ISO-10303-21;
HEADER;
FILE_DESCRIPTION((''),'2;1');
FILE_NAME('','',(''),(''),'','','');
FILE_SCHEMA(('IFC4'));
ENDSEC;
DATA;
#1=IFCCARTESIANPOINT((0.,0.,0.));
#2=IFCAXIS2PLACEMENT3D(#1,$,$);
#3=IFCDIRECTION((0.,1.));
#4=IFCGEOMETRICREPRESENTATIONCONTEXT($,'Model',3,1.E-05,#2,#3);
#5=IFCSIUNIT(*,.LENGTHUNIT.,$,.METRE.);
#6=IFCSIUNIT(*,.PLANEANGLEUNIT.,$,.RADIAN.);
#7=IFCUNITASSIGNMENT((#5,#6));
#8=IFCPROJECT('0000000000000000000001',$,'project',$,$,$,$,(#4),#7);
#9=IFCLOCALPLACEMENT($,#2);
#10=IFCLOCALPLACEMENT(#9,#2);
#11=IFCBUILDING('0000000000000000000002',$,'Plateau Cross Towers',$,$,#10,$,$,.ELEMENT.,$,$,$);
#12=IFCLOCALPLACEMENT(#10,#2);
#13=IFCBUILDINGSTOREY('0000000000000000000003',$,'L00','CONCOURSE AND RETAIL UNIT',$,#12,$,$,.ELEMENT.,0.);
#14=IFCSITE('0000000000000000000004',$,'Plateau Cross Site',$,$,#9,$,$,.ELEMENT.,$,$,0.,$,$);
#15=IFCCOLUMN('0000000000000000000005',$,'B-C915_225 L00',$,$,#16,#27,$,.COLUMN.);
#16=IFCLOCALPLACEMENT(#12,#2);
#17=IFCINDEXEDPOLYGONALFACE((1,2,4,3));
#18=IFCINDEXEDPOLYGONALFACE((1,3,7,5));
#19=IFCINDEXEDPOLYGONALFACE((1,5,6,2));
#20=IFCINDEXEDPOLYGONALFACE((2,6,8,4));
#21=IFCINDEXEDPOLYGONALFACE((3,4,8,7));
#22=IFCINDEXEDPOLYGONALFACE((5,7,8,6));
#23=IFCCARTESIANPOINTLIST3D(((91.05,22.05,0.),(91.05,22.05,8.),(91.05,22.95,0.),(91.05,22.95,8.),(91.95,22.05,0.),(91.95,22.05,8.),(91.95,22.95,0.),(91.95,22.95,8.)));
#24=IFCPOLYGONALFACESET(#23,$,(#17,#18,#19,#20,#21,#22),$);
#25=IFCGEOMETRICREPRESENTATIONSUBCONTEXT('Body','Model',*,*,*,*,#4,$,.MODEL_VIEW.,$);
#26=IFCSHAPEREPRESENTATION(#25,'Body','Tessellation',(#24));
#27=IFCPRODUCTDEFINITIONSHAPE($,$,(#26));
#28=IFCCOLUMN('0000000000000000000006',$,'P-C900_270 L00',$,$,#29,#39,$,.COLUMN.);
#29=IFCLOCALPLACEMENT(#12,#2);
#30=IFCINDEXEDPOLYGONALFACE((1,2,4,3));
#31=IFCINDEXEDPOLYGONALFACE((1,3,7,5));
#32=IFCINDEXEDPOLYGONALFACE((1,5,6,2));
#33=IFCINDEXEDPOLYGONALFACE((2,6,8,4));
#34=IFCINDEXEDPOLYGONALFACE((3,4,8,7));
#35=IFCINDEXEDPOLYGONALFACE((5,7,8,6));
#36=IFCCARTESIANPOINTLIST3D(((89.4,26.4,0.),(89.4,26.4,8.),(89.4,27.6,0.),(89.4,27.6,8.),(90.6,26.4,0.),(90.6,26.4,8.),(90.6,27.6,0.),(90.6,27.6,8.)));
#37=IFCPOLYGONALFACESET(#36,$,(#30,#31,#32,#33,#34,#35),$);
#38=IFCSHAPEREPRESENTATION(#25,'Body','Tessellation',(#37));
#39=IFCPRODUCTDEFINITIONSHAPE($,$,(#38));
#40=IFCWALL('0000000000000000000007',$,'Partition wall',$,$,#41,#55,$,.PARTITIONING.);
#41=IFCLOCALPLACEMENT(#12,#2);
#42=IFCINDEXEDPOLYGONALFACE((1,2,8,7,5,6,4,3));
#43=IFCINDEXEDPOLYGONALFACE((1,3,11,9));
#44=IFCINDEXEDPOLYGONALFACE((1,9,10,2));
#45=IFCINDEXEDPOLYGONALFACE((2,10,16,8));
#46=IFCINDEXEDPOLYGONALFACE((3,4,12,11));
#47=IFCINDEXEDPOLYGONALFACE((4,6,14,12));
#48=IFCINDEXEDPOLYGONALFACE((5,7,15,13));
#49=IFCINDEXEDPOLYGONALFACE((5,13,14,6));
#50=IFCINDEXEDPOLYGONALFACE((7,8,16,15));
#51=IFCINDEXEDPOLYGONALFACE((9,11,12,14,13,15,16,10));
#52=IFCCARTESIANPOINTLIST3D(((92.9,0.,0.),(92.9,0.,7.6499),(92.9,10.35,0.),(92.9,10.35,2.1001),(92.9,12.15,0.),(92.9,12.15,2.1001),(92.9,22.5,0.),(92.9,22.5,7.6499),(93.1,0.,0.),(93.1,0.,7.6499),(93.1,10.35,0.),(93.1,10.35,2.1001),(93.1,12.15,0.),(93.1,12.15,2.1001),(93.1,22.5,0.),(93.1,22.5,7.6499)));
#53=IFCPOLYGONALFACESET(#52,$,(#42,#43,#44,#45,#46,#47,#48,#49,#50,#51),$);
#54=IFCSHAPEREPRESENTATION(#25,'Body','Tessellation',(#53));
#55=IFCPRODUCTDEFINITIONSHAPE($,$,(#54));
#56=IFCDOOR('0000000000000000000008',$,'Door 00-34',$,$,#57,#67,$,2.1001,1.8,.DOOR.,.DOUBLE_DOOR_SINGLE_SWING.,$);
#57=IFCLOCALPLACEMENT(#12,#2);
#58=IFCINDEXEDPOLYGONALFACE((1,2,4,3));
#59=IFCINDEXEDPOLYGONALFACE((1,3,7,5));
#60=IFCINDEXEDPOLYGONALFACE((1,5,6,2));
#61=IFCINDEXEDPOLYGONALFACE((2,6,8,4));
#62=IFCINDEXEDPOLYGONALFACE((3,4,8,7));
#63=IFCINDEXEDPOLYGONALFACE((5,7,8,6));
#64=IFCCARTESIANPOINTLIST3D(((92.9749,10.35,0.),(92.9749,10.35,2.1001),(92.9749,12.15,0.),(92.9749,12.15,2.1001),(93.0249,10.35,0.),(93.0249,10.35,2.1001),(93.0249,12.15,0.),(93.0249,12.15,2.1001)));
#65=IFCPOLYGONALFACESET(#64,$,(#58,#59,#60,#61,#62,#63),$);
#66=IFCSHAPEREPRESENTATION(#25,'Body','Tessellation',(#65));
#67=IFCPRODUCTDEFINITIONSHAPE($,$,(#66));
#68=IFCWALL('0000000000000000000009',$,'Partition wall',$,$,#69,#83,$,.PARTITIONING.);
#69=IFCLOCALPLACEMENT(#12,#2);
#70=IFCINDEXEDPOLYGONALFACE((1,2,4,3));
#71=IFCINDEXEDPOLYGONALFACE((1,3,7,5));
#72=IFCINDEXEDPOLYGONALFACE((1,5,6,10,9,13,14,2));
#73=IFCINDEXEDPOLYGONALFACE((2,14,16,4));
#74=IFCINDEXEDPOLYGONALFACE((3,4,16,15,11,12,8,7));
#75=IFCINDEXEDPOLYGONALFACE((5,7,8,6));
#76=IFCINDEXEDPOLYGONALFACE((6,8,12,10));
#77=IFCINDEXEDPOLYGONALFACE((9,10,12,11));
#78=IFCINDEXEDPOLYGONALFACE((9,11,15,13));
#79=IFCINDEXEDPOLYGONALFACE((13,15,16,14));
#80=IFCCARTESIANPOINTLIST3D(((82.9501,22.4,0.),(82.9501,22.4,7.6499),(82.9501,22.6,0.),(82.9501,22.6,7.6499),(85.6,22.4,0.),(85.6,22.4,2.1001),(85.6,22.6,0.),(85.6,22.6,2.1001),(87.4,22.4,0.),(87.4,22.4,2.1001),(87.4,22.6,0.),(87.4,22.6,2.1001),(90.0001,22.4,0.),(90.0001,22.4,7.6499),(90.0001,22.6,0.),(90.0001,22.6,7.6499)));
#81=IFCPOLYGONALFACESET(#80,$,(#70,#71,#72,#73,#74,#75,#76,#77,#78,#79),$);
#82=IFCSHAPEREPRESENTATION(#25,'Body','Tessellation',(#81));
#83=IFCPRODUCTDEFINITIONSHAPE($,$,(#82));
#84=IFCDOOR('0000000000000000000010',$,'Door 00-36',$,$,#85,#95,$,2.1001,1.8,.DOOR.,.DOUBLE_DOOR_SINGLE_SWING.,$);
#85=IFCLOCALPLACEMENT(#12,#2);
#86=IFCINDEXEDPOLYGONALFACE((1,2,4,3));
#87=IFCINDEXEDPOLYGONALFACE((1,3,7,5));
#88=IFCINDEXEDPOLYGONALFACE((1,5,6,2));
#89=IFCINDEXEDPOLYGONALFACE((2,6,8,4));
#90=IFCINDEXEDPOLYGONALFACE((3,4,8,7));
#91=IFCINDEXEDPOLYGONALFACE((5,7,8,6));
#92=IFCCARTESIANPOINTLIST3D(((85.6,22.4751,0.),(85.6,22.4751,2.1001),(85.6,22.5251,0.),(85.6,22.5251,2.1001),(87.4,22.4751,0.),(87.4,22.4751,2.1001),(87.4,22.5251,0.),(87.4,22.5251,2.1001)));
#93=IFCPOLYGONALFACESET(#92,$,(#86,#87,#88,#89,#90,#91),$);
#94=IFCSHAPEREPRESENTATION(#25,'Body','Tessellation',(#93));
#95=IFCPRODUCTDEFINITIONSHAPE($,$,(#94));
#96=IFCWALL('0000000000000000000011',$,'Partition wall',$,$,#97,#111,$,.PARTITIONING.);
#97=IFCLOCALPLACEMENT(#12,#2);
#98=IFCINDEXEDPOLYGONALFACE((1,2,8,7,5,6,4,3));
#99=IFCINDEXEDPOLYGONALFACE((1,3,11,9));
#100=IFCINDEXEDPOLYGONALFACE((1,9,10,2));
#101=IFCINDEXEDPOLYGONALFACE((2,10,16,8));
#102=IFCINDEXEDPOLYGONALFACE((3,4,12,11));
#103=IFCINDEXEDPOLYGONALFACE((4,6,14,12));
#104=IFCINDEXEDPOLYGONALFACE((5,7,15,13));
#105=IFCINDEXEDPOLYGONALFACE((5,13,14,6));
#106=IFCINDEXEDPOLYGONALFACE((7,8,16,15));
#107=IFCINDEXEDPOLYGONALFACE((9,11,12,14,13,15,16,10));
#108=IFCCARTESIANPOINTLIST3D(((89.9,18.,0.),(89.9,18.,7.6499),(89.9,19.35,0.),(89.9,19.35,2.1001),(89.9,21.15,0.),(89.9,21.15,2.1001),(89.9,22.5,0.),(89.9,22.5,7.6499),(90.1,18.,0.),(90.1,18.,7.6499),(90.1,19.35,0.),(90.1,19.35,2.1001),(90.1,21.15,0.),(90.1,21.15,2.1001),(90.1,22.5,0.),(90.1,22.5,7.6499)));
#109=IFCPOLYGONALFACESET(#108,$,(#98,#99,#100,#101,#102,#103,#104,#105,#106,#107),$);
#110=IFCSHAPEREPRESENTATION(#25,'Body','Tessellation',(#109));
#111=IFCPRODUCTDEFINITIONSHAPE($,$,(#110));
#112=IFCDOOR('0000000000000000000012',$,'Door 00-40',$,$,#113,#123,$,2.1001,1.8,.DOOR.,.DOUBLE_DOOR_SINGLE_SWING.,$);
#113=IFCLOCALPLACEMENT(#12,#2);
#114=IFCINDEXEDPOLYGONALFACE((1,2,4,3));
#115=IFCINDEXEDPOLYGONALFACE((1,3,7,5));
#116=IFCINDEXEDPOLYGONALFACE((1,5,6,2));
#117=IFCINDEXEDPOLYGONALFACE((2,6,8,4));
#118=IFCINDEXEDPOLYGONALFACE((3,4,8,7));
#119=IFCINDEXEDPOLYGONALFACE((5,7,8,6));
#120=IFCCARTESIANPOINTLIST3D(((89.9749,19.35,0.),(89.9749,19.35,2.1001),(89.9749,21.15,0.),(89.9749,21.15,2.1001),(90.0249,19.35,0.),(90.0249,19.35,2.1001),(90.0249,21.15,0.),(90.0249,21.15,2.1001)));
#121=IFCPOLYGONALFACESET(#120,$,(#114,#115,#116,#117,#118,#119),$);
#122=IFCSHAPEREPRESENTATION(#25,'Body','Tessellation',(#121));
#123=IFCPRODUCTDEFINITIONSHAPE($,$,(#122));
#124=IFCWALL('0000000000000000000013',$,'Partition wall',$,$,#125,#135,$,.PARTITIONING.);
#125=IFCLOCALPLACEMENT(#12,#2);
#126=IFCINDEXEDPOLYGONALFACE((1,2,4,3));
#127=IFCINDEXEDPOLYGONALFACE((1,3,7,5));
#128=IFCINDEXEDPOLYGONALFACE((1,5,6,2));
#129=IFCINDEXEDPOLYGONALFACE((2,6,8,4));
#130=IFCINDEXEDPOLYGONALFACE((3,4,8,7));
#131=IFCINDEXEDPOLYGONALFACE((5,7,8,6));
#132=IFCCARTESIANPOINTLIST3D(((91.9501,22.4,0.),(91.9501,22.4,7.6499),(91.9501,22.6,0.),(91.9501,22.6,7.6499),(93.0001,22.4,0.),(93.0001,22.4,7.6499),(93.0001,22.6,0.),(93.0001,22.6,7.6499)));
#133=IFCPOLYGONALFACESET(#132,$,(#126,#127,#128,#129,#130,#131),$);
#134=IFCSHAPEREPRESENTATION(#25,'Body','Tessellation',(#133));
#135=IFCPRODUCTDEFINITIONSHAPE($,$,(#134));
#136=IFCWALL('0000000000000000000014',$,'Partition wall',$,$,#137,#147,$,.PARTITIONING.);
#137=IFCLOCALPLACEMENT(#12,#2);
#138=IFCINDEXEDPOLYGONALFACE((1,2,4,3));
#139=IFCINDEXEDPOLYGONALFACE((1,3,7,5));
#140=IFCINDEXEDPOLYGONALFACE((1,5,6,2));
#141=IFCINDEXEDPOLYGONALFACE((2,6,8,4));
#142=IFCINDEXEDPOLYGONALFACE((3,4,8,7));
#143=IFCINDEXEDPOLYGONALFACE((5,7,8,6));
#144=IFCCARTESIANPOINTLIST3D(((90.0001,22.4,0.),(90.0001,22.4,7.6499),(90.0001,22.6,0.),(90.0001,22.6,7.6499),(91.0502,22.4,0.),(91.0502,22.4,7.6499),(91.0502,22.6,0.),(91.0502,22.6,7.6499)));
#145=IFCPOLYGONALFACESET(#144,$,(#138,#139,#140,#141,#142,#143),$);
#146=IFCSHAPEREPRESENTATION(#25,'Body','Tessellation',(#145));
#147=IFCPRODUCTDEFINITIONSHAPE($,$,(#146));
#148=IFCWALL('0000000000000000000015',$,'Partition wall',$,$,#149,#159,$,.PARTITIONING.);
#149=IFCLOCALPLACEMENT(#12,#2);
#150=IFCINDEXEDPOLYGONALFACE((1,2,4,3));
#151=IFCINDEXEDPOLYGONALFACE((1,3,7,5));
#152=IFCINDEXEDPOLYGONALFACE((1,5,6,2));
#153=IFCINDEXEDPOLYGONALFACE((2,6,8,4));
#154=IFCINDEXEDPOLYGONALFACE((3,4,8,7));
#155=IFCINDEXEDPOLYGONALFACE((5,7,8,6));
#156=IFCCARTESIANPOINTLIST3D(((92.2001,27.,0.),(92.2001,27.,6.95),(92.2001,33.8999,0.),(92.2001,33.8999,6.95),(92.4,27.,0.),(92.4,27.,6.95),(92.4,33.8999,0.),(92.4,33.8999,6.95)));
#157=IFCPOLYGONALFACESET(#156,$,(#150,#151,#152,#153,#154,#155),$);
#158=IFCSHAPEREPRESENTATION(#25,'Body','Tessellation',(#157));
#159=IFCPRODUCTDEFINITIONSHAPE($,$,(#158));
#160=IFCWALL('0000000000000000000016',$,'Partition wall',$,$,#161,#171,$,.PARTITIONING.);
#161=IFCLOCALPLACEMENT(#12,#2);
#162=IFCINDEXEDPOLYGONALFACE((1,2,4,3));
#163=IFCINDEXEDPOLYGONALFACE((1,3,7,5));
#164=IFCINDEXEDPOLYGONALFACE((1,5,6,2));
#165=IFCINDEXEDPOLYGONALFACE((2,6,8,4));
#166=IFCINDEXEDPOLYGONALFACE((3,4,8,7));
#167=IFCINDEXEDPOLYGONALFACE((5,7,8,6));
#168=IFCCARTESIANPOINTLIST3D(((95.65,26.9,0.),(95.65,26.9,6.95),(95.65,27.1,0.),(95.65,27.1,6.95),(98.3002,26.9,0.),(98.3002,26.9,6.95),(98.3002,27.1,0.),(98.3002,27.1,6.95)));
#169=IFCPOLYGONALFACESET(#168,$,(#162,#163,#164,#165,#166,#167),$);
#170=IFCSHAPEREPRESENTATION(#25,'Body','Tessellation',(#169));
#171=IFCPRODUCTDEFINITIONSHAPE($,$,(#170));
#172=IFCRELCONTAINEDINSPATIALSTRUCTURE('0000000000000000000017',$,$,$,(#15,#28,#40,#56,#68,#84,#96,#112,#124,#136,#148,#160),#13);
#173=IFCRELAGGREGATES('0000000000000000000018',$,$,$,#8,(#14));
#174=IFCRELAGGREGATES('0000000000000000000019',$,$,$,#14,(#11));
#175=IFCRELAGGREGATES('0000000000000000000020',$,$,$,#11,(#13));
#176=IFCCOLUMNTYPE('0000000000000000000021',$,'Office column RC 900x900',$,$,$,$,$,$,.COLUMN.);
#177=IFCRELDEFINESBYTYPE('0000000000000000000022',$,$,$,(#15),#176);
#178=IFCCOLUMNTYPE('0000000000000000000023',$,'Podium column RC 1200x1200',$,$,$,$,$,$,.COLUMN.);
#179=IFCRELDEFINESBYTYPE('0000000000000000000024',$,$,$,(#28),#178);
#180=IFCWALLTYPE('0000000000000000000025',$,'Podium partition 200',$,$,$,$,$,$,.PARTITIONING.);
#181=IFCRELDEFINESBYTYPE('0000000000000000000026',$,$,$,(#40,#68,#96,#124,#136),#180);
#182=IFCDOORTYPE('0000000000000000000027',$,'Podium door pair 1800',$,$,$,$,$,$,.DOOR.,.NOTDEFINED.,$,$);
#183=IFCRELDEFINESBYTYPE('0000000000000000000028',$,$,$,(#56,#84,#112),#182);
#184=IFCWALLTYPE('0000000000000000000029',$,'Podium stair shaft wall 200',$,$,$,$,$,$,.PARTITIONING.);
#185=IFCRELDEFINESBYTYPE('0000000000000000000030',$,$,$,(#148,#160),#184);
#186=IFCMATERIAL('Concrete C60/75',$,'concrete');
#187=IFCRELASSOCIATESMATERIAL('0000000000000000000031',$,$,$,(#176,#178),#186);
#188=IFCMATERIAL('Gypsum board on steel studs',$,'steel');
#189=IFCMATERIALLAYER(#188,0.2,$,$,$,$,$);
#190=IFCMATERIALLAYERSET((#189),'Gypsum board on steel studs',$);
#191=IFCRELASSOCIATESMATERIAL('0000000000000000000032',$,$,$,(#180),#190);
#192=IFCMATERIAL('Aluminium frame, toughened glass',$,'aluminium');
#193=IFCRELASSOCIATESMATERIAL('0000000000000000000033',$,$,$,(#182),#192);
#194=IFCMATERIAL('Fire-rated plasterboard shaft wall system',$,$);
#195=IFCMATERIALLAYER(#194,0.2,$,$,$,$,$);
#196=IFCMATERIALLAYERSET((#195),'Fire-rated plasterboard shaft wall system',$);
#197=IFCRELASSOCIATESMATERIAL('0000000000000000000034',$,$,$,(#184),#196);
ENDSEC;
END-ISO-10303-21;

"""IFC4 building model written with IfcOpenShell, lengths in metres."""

from ifc_helpers import new_model, si_unit, direction, frame, frame_2d, origin, origin_2d, place, context, subcontext, project, spatial, rectangle, extrude, material, layer, layer_set, material_profile, profile_set, type_object, element, fill, save


model = new_model("IFC4")

# Units and contexts
model_context = context("Model", 3, precision=1e-05, world=origin(), true_north=direction((0.0, 1.0)))
body_context = subcontext(model_context, "Body", "Model", "MODEL_VIEW")
ifc_project = project(units=[si_unit("LENGTHUNIT", "METRE"), si_unit("PLANEANGLEUNIT", "RADIAN")], contexts=[model_context])

# Site, building, storey
site_placement = place(None, origin())
site = spatial("IfcSite", under=ifc_project, at=site_placement, Name="Plateau Cross Site", CompositionType="ELEMENT", RefElevation=0.0)
building_placement = place(site_placement, origin())
building = spatial("IfcBuilding", under=site, at=building_placement, Name="Plateau Cross Towers", CompositionType="ELEMENT")
storey_placement = place(building_placement, origin())
storey = spatial("IfcBuildingStorey", under=building, at=storey_placement, Name="L00", Description="CONCOURSE AND RETAIL UNIT", CompositionType="ELEMENT", Elevation=0.0)

# Columns
ifc_material_1 = material(Name="Concrete C60/75", Category="concrete")
ifc_material_profile_1 = material_profile(ifc_material_1, rectangle(XDim=0.8999, YDim=0.8999, at=origin_2d()), Name="RC 900x900")
ifc_profile_set_1 = profile_set([ifc_material_profile_1], Name="Concrete C60/75")
column_type_1 = type_object("IfcColumnType", Name="Office column RC 900x900", PredefinedType="COLUMN", material=ifc_profile_set_1)
column_1_placement = place(storey_placement, frame((91.5, 22.5, 0.0), z_axis=(0.0, 0.0, 1.0), x_axis=(1.0, 0.0, 0.0)))
element("IfcColumn", 1, at=column_1_placement, inside=storey, type_object=column_type_1, Name="B-C915_225 L00", PredefinedType="COLUMN", context=body_context, shape_type="SweptSolid", body=[
    extrude(rectangle(XDim=0.8999, YDim=0.8999, at=origin_2d()), origin(), (0.0, 0.0, 1.0), 8.0),
])
ifc_material_profile_2 = material_profile(ifc_material_1, rectangle(XDim=1.2, YDim=1.2, at=origin_2d()), Name="RC 1200x1200")
ifc_profile_set_2 = profile_set([ifc_material_profile_2], Name="Concrete C60/75")
column_type_2 = type_object("IfcColumnType", Name="Podium column RC 1200x1200", PredefinedType="COLUMN", material=ifc_profile_set_2)
column_2_placement = place(storey_placement, frame((90.0, 27.0, 0.0), z_axis=(0.0, 0.0, 1.0), x_axis=(1.0, 0.0, 0.0)))
element("IfcColumn", 2, at=column_2_placement, inside=storey, type_object=column_type_2, Name="P-C900_270 L00", PredefinedType="COLUMN", context=body_context, shape_type="SweptSolid", body=[
    extrude(rectangle(XDim=1.2, YDim=1.2, at=origin_2d()), origin(), (0.0, 0.0, 1.0), 8.0),
])

# Walls, openings, doors
ifc_material_2 = material(Name="Gypsum board on steel studs", Category="steel")
ifc_layer_1 = layer(ifc_material_2, 0.2)
ifc_layer_set_1 = layer_set([ifc_layer_1], Name="Gypsum board on steel studs")
wall_type_1 = type_object("IfcWallType", Name="Podium partition 200", PredefinedType="PARTITIONING", material=ifc_layer_set_1)
wall_1_placement = place(storey_placement, frame((93.0, 22.5, 0.0), z_axis=(0.0, 0.0, 1.0), x_axis=(0.0, -1.0, 0.0)))
wall_1 = element("IfcWall", 3, at=wall_1_placement, inside=storey, type_object=wall_type_1, Name="Partition wall", PredefinedType="PARTITIONING", context=body_context, shape_type="SweptSolid", body=[
    extrude(rectangle(XDim=22.5, YDim=0.2, at=frame_2d((11.25, 0.0))), origin(), (0.0, 0.0, 1.0), 7.6499),
])
opening_1_placement = place(wall_1_placement, frame((10.3501, 0.0, 0.0)))
opening_1 = element("IfcOpeningElement", 4, at=opening_1_placement, cuts=wall_1, PredefinedType="OPENING", context=body_context, shape_type="SweptSolid", body=[
    extrude(rectangle(XDim=1.8, YDim=2.1001, at=frame_2d((0.8999, 1.05))), frame((0.0, 0.1099, 0.0), z_axis=(0.0, -1.0, 0.0), x_axis=(1.0, 0.0, 0.0)), (0.0, 0.0, 1.0), 0.22),
])
ifc_material_3 = material(Name="Aluminium frame, toughened glass", Category="aluminium")
door_type_1 = type_object("IfcDoorType", Name="Podium door pair 1800", OperationType="NOTDEFINED", PredefinedType="DOOR", material=ifc_material_3)
door_1_placement = place(opening_1_placement, origin())
door_1 = element("IfcDoor", 5, at=door_1_placement, inside=storey, type_object=door_type_1, Name="Door 00-34", OperationType="DOUBLE_DOOR_SINGLE_SWING", OverallHeight=2.1001, OverallWidth=1.8, PredefinedType="DOOR", context=body_context, shape_type="SweptSolid", body=[
    extrude(rectangle(XDim=1.8, YDim=2.1001, at=frame_2d((0.8999, 1.05))), frame((0.0, 0.0249, 0.0), z_axis=(0.0, -1.0, 0.0), x_axis=(1.0, 0.0, 0.0)), (0.0, 0.0, 1.0), 0.05),
])
fill(opening_1, door_1)
wall_2_placement = place(storey_placement, frame((90.0, 22.5, 0.0), z_axis=(0.0, 0.0, 1.0), x_axis=(-1.0, 0.0, 0.0)))
wall_2 = element("IfcWall", 6, at=wall_2_placement, inside=storey, type_object=wall_type_1, Name="Partition wall", PredefinedType="PARTITIONING", context=body_context, shape_type="SweptSolid", body=[
    extrude(rectangle(XDim=7.05, YDim=0.2, at=frame_2d((3.5249, 0.0))), origin(), (0.0, 0.0, 1.0), 7.6499),
])
opening_2_placement = place(wall_2_placement, frame((2.6001, 0.0, 0.0)))
opening_2 = element("IfcOpeningElement", 7, at=opening_2_placement, cuts=wall_2, PredefinedType="OPENING", context=body_context, shape_type="SweptSolid", body=[
    extrude(rectangle(XDim=1.8, YDim=2.1001, at=frame_2d((0.8999, 1.05))), frame((0.0, 0.1099, 0.0), z_axis=(0.0, -1.0, 0.0), x_axis=(1.0, 0.0, 0.0)), (0.0, 0.0, 1.0), 0.22),
])
door_2_placement = place(opening_2_placement, origin())
door_2 = element("IfcDoor", 8, at=door_2_placement, inside=storey, type_object=door_type_1, Name="Door 00-36", OperationType="DOUBLE_DOOR_SINGLE_SWING", OverallHeight=2.1001, OverallWidth=1.8, PredefinedType="DOOR", context=body_context, shape_type="SweptSolid", body=[
    extrude(rectangle(XDim=1.8, YDim=2.1001, at=frame_2d((0.8999, 1.05))), frame((0.0, 0.0249, 0.0), z_axis=(0.0, -1.0, 0.0), x_axis=(1.0, 0.0, 0.0)), (0.0, 0.0, 1.0), 0.05),
])
fill(opening_2, door_2)
wall_3_placement = place(storey_placement, frame((90.0, 22.5, 0.0), z_axis=(0.0, 0.0, 1.0), x_axis=(0.0, -1.0, 0.0)))
wall_3 = element("IfcWall", 9, at=wall_3_placement, inside=storey, type_object=wall_type_1, Name="Partition wall", PredefinedType="PARTITIONING", context=body_context, shape_type="SweptSolid", body=[
    extrude(rectangle(XDim=4.5, YDim=0.2, at=frame_2d((2.25, 0.0))), origin(), (0.0, 0.0, 1.0), 7.6499),
])
opening_3_placement = place(wall_3_placement, frame((1.3501, 0.0, 0.0)))
opening_3 = element("IfcOpeningElement", 10, at=opening_3_placement, cuts=wall_3, PredefinedType="OPENING", context=body_context, shape_type="SweptSolid", body=[
    extrude(rectangle(XDim=1.8, YDim=2.1001, at=frame_2d((0.8999, 1.05))), frame((0.0, 0.1099, 0.0), z_axis=(0.0, -1.0, 0.0), x_axis=(1.0, 0.0, 0.0)), (0.0, 0.0, 1.0), 0.22),
])
door_3_placement = place(opening_3_placement, origin())
door_3 = element("IfcDoor", 11, at=door_3_placement, inside=storey, type_object=door_type_1, Name="Door 00-40", OperationType="DOUBLE_DOOR_SINGLE_SWING", OverallHeight=2.1001, OverallWidth=1.8, PredefinedType="DOOR", context=body_context, shape_type="SweptSolid", body=[
    extrude(rectangle(XDim=1.8, YDim=2.1001, at=frame_2d((0.8999, 1.05))), frame((0.0, 0.0249, 0.0), z_axis=(0.0, -1.0, 0.0), x_axis=(1.0, 0.0, 0.0)), (0.0, 0.0, 1.0), 0.05),
])
fill(opening_3, door_3)

# Walls
for number, where, z_axis, x_axis, name in (
    (12, (93.0, 22.5, 0.0), (0.0, 0.0, 1.0), (-1.0, 0.0, 0.0), "Partition wall"),
    (13, (91.05, 22.5, 0.0), (0.0, 0.0, 1.0), (-1.0, 0.0, 0.0), "Partition wall"),
):
    element("IfcWall", number, at=place(storey_placement, frame(where, z_axis=z_axis, x_axis=x_axis)), inside=storey, type_object=wall_type_1, Name=name, PredefinedType="PARTITIONING", context=body_context, shape_type="SweptSolid", body=[
        extrude(rectangle(XDim=1.05, YDim=0.2, at=frame_2d((0.5249, 0.0))), origin(), (0.0, 0.0, 1.0), 7.6499),
    ])
ifc_material_4 = material(Name="Fire-rated plasterboard shaft wall system")
ifc_layer_2 = layer(ifc_material_4, 0.2)
ifc_layer_set_2 = layer_set([ifc_layer_2], Name="Fire-rated plasterboard shaft wall system")
wall_type_2 = type_object("IfcWallType", Name="Podium stair shaft wall 200", PredefinedType="PARTITIONING", material=ifc_layer_set_2)
wall_4_placement = place(storey_placement, frame((92.3, 27.0, 0.0), z_axis=(0.0, 0.0, 1.0), x_axis=(0.0, 1.0, 0.0)))
element("IfcWall", 14, at=wall_4_placement, inside=storey, type_object=wall_type_2, Name="Partition wall", PredefinedType="PARTITIONING", context=body_context, shape_type="SweptSolid", body=[
    extrude(rectangle(XDim=6.8999, YDim=0.2, at=frame_2d((3.45, 0.0))), origin(), (0.0, 0.0, 1.0), 6.95),
])
wall_5_placement = place(storey_placement, frame((95.6499, 27.0, 0.0), z_axis=(0.0, 0.0, 1.0), x_axis=(1.0, 0.0, 0.0)))
element("IfcWall", 15, at=wall_5_placement, inside=storey, type_object=wall_type_2, Name="Partition wall", PredefinedType="PARTITIONING", context=body_context, shape_type="SweptSolid", body=[
    extrude(rectangle(XDim=2.6501, YDim=0.2, at=frame_2d((1.3252, 0.0))), origin(), (0.0, 0.0, 1.0), 6.95),
])

save(model, "model.ifc")
